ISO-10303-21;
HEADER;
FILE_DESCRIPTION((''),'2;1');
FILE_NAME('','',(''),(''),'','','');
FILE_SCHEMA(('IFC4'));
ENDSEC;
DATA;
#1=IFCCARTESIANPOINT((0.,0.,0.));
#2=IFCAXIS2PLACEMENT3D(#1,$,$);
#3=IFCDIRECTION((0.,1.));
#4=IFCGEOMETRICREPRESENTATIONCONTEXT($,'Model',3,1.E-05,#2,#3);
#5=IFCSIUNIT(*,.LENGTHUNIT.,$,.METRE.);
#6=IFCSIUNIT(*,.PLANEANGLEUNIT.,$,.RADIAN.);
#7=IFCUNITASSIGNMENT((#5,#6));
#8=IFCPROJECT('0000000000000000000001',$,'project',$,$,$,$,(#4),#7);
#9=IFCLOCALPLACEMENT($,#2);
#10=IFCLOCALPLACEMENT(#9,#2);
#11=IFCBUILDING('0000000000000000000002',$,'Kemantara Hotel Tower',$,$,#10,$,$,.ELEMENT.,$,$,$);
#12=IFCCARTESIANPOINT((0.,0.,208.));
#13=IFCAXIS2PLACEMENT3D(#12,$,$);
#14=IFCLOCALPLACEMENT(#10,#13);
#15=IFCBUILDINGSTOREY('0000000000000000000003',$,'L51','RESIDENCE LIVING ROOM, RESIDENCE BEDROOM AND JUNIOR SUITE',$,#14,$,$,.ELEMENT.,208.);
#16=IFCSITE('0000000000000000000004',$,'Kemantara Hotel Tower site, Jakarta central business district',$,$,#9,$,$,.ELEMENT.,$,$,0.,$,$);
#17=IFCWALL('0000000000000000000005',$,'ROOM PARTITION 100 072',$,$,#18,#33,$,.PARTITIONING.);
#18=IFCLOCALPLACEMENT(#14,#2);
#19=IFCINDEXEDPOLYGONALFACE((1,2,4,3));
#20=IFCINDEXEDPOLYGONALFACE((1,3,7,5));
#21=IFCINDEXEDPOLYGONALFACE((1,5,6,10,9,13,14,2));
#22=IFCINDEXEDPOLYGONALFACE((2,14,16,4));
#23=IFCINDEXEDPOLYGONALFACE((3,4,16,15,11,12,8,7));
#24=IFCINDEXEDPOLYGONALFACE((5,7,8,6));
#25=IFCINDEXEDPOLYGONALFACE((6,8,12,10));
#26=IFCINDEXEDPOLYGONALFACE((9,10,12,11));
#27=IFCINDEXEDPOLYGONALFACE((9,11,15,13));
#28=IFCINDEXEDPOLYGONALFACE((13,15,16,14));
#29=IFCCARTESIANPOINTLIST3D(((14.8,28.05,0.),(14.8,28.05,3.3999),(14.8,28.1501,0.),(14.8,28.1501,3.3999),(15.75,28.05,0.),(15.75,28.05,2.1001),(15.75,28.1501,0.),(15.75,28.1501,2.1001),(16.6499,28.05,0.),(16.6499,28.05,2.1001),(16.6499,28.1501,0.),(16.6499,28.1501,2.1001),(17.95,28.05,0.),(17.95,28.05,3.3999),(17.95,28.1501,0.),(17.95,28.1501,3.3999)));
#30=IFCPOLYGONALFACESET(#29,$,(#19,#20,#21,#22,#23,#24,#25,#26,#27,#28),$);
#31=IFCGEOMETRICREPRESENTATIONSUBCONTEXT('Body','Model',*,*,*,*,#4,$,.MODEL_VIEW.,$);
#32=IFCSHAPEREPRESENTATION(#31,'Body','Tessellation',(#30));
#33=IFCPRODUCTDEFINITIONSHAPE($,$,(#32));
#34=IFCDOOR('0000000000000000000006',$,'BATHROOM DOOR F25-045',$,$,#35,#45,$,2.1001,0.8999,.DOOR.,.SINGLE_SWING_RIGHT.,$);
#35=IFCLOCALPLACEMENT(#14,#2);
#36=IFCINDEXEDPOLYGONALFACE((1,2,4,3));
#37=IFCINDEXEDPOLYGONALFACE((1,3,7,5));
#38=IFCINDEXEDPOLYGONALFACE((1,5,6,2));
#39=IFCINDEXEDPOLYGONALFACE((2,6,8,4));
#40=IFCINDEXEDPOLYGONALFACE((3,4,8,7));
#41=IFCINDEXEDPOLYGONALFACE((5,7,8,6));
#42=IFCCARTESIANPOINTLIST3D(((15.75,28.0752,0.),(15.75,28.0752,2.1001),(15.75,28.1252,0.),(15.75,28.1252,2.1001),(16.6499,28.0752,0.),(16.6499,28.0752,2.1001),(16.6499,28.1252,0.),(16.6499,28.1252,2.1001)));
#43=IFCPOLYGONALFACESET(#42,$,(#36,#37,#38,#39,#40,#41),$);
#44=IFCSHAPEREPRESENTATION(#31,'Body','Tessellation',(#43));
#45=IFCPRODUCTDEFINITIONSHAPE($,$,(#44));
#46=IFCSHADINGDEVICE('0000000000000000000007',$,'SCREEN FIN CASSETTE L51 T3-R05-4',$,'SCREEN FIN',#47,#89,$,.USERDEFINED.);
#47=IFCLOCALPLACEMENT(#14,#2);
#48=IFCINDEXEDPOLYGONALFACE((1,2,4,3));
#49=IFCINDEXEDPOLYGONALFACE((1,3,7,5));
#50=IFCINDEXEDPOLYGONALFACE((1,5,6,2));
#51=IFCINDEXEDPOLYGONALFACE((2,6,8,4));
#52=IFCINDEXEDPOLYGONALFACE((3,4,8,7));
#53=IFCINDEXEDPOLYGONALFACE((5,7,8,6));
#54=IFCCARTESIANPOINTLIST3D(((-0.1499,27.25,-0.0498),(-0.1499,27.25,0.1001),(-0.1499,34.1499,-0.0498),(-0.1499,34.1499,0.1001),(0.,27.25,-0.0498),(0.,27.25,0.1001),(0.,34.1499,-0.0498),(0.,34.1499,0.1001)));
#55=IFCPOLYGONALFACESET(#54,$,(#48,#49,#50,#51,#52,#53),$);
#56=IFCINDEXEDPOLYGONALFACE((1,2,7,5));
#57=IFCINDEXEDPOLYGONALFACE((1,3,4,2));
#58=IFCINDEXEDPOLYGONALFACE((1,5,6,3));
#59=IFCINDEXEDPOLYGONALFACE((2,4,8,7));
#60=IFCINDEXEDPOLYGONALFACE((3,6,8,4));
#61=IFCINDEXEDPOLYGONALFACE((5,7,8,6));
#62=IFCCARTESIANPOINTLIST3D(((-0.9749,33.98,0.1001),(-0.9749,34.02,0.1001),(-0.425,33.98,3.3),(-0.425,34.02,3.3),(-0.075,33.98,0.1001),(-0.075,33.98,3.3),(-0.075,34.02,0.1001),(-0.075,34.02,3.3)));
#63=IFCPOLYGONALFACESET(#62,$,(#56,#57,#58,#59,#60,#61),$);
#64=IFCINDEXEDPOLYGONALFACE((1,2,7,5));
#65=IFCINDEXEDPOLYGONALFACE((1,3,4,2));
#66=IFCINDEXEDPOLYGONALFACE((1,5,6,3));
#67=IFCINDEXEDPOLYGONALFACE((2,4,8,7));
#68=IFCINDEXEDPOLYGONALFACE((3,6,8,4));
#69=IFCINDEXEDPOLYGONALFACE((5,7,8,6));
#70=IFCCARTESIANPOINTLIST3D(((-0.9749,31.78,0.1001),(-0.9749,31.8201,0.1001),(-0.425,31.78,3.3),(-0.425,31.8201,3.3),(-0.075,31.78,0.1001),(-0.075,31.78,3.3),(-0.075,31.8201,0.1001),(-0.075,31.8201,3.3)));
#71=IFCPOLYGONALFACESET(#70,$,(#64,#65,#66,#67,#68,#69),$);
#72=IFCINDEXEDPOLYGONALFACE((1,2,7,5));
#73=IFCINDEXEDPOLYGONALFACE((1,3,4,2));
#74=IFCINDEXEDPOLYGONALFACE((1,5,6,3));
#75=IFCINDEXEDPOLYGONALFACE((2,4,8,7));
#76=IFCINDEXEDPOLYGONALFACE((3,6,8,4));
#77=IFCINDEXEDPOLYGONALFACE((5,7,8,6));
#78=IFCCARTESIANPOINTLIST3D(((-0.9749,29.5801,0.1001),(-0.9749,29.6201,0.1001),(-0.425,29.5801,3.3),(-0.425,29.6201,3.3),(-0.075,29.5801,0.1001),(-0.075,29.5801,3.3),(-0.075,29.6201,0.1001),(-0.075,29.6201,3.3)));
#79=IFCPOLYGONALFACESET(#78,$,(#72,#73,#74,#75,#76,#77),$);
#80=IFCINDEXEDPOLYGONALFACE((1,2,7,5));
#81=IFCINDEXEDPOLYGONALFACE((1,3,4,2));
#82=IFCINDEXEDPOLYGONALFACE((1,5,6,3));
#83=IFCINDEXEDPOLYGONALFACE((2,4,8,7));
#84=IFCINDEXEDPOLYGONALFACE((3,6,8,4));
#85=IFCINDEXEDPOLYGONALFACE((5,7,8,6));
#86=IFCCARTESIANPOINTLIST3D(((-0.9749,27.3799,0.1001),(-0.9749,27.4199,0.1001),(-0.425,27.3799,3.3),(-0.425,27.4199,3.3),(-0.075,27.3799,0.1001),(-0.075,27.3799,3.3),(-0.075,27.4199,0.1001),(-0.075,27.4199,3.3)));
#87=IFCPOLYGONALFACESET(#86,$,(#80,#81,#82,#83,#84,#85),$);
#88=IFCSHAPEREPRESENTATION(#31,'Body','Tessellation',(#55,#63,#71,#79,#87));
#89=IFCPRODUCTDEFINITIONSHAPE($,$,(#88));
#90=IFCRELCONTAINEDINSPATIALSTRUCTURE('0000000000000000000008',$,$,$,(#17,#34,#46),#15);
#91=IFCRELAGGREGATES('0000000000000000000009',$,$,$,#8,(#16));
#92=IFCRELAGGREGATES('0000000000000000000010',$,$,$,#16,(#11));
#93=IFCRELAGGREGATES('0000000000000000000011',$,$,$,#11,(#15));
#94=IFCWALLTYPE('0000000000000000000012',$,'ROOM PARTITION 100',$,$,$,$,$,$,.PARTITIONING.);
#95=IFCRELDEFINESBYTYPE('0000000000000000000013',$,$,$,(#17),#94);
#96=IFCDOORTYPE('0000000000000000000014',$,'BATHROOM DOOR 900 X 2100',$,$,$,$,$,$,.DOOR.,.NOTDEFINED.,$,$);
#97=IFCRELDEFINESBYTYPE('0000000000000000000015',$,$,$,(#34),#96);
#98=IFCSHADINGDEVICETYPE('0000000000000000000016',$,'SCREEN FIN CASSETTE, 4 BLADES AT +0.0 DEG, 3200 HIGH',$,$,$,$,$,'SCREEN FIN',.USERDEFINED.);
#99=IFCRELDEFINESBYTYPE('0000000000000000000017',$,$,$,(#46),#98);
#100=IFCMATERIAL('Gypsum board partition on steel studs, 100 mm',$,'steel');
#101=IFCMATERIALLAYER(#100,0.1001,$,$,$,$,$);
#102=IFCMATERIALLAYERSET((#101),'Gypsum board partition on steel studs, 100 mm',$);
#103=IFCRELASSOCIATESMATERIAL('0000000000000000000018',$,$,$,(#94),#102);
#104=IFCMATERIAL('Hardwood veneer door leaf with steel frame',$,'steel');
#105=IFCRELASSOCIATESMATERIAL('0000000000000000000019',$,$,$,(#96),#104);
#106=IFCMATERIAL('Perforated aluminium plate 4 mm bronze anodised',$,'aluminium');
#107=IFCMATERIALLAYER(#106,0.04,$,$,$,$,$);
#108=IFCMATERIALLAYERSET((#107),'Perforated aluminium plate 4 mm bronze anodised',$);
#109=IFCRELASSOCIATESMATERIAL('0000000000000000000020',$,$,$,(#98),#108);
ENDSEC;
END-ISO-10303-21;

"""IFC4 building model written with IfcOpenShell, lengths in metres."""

from ifc_helpers import new_model, si_unit, direction, frame, frame_2d, origin, origin_2d, place, context, subcontext, project, spatial, polyline, rectangle, outline, extrude, source, transform, mapped, material, layer, layer_set, type_object, element, fill, save


model = new_model("IFC4")

# Units and contexts
model_context = context("Model", 3, precision=1e-05, world=origin(), true_north=direction((0.0, 1.0)))
body_context = subcontext(model_context, "Body", "Model", "MODEL_VIEW")
ifc_project = project(units=[si_unit("LENGTHUNIT", "METRE"), si_unit("PLANEANGLEUNIT", "RADIAN")], contexts=[model_context])

# Site, building, storey
site_placement = place(None, origin())
site = spatial("IfcSite", under=ifc_project, at=site_placement, Name="Kemantara Hotel Tower site, Jakarta central business district", CompositionType="ELEMENT", RefElevation=0.0)
building_placement = place(site_placement, origin())
building = spatial("IfcBuilding", under=site, at=building_placement, Name="Kemantara Hotel Tower", CompositionType="ELEMENT")
storey_placement = place(building_placement, frame((0.0, 0.0, 208.0)))
storey = spatial("IfcBuildingStorey", under=building, at=storey_placement, Name="L51", Description="RESIDENCE LIVING ROOM, RESIDENCE BEDROOM AND JUNIOR SUITE", CompositionType="ELEMENT", Elevation=208.0)

# Shared definitions
ifc_material_1 = material(Name="Hardwood veneer door leaf with steel frame", Category="steel")

# Shared definitions
ifc_material_2 = material(Name="Gypsum board partition on steel studs, 100 mm", Category="steel")
ifc_layer_1 = layer(ifc_material_2, 0.1001)
ifc_layer_set_1 = layer_set([ifc_layer_1], Name="Gypsum board partition on steel studs, 100 mm")
wall_type_1 = type_object("IfcWallType", Name="ROOM PARTITION 100", PredefinedType="PARTITIONING", material=ifc_layer_set_1)

# Shared definitions
door_type_1 = type_object("IfcDoorType", Name="BATHROOM DOOR 900 X 2100", OperationType="NOTDEFINED", PredefinedType="DOOR", material=ifc_material_1)

# Wall, opening, door
wall_1_placement = place(storey_placement, frame((17.95, 28.1001, 0.0), z_axis=(0.0, 0.0, 1.0), x_axis=(-1.0, 0.0, 0.0)))
wall_1 = element("IfcWall", 1, at=wall_1_placement, inside=storey, type_object=wall_type_1, Name="ROOM PARTITION 100 072", PredefinedType="PARTITIONING", context=body_context, shape_type="SweptSolid", body=[
    extrude(rectangle(XDim=3.1499, YDim=0.1001, at=frame_2d((1.575, 0.0))), origin(), (0.0, 0.0, 1.0), 3.3999),
])
opening_1_placement = place(wall_1_placement, frame((1.3, 0.0, 0.0)))
opening_1 = element("IfcOpeningElement", 2, at=opening_1_placement, cuts=wall_1, PredefinedType="OPENING", context=body_context, shape_type="SweptSolid", body=[
    extrude(rectangle(XDim=0.8999, YDim=2.1001, at=frame_2d((0.45, 1.05))), frame((0.0, 0.0601, 0.0), z_axis=(0.0, -1.0, 0.0), x_axis=(1.0, 0.0, 0.0)), (0.0, 0.0, 1.0), 0.1201),
])
door_1_placement = place(opening_1_placement, origin())
door_1 = element("IfcDoor", 3, at=door_1_placement, inside=storey, type_object=door_type_1, Name="BATHROOM DOOR F25-045", OperationType="SINGLE_SWING_RIGHT", OverallHeight=2.1001, OverallWidth=0.8999, PredefinedType="DOOR", context=body_context, shape_type="SweptSolid", body=[
    extrude(rectangle(XDim=0.8999, YDim=2.1001, at=frame_2d((0.45, 1.05))), frame((0.0, 0.0249, 0.0), z_axis=(0.0, -1.0, 0.0), x_axis=(1.0, 0.0, 0.0)), (0.0, 0.0, 1.0), 0.05),
])
fill(opening_1, door_1)

# Shading device
ifc_material_3 = material(Name="Perforated aluminium plate 4 mm bronze anodised", Category="aluminium")
ifc_layer_2 = layer(ifc_material_3, 0.04)
ifc_layer_set_2 = layer_set([ifc_layer_2], Name="Perforated aluminium plate 4 mm bronze anodised")
shading_device_type = type_object("IfcShadingDeviceType", Name="SCREEN FIN CASSETTE, 4 BLADES AT +0.0 DEG, 3200 HIGH", ElementType="SCREEN FIN", PredefinedType="USERDEFINED", material=ifc_layer_set_2)
shared_shape_1 = source(origin(), body_context, "Body", "SweptSolid", [
    extrude(rectangle(XDim=6.8999, YDim=0.1499, at=origin_2d()), frame((3.3, -0.075, -0.1499), z_axis=(0.0, 0.0, 1.0), x_axis=(1.0, 0.0, 0.0)), (0.0, 0.0, 1.0), 0.1499),
    extrude(outline(polyline([(0.0, 0.0), (0.8999, 0.0), (0.3501, 3.2), (0.0, 3.2), (0.0, 0.0)])), frame((0.02, -0.075, 0.0), z_axis=(-1.0, 0.0, 0.0), x_axis=(0.0, -1.0, 0.0)), (0.0, 0.0, 1.0), 0.04),
    extrude(outline(polyline([(0.0, 0.0), (0.8999, 0.0), (0.3501, 3.2), (0.0, 3.2), (0.0, 0.0)])), frame((2.22, -0.075, 0.0), z_axis=(-1.0, 0.0, 0.0), x_axis=(0.0, -1.0, 0.0)), (0.0, 0.0, 1.0), 0.04),
    extrude(outline(polyline([(0.0, 0.0), (0.8999, 0.0), (0.3501, 3.2), (0.0, 3.2), (0.0, 0.0)])), frame((4.4199, -0.075, 0.0), z_axis=(-1.0, 0.0, 0.0), x_axis=(0.0, -1.0, 0.0)), (0.0, 0.0, 1.0), 0.04),
    extrude(outline(polyline([(0.0, 0.0), (0.8999, 0.0), (0.3501, 3.2), (0.0, 3.2), (0.0, 0.0)])), frame((6.6201, -0.075, 0.0), z_axis=(-1.0, 0.0, 0.0), x_axis=(0.0, -1.0, 0.0)), (0.0, 0.0, 1.0), 0.04),
])
shading_device_placement = place(storey_placement, frame((0.0, 34.0, 0.1001), z_axis=(0.0, 0.0, 1.0), x_axis=(0.0, -1.0, 0.0)))
element("IfcShadingDevice", 4, at=shading_device_placement, inside=storey, type_object=shading_device_type, Name="SCREEN FIN CASSETTE L51 T3-R05-4", ObjectType="SCREEN FIN", PredefinedType="USERDEFINED", context=body_context, shape_type="MappedRepresentation", body=[
    mapped(shared_shape_1, transform((0.0, 0.0, 0.0))),
])

save(model, "model.ifc")
